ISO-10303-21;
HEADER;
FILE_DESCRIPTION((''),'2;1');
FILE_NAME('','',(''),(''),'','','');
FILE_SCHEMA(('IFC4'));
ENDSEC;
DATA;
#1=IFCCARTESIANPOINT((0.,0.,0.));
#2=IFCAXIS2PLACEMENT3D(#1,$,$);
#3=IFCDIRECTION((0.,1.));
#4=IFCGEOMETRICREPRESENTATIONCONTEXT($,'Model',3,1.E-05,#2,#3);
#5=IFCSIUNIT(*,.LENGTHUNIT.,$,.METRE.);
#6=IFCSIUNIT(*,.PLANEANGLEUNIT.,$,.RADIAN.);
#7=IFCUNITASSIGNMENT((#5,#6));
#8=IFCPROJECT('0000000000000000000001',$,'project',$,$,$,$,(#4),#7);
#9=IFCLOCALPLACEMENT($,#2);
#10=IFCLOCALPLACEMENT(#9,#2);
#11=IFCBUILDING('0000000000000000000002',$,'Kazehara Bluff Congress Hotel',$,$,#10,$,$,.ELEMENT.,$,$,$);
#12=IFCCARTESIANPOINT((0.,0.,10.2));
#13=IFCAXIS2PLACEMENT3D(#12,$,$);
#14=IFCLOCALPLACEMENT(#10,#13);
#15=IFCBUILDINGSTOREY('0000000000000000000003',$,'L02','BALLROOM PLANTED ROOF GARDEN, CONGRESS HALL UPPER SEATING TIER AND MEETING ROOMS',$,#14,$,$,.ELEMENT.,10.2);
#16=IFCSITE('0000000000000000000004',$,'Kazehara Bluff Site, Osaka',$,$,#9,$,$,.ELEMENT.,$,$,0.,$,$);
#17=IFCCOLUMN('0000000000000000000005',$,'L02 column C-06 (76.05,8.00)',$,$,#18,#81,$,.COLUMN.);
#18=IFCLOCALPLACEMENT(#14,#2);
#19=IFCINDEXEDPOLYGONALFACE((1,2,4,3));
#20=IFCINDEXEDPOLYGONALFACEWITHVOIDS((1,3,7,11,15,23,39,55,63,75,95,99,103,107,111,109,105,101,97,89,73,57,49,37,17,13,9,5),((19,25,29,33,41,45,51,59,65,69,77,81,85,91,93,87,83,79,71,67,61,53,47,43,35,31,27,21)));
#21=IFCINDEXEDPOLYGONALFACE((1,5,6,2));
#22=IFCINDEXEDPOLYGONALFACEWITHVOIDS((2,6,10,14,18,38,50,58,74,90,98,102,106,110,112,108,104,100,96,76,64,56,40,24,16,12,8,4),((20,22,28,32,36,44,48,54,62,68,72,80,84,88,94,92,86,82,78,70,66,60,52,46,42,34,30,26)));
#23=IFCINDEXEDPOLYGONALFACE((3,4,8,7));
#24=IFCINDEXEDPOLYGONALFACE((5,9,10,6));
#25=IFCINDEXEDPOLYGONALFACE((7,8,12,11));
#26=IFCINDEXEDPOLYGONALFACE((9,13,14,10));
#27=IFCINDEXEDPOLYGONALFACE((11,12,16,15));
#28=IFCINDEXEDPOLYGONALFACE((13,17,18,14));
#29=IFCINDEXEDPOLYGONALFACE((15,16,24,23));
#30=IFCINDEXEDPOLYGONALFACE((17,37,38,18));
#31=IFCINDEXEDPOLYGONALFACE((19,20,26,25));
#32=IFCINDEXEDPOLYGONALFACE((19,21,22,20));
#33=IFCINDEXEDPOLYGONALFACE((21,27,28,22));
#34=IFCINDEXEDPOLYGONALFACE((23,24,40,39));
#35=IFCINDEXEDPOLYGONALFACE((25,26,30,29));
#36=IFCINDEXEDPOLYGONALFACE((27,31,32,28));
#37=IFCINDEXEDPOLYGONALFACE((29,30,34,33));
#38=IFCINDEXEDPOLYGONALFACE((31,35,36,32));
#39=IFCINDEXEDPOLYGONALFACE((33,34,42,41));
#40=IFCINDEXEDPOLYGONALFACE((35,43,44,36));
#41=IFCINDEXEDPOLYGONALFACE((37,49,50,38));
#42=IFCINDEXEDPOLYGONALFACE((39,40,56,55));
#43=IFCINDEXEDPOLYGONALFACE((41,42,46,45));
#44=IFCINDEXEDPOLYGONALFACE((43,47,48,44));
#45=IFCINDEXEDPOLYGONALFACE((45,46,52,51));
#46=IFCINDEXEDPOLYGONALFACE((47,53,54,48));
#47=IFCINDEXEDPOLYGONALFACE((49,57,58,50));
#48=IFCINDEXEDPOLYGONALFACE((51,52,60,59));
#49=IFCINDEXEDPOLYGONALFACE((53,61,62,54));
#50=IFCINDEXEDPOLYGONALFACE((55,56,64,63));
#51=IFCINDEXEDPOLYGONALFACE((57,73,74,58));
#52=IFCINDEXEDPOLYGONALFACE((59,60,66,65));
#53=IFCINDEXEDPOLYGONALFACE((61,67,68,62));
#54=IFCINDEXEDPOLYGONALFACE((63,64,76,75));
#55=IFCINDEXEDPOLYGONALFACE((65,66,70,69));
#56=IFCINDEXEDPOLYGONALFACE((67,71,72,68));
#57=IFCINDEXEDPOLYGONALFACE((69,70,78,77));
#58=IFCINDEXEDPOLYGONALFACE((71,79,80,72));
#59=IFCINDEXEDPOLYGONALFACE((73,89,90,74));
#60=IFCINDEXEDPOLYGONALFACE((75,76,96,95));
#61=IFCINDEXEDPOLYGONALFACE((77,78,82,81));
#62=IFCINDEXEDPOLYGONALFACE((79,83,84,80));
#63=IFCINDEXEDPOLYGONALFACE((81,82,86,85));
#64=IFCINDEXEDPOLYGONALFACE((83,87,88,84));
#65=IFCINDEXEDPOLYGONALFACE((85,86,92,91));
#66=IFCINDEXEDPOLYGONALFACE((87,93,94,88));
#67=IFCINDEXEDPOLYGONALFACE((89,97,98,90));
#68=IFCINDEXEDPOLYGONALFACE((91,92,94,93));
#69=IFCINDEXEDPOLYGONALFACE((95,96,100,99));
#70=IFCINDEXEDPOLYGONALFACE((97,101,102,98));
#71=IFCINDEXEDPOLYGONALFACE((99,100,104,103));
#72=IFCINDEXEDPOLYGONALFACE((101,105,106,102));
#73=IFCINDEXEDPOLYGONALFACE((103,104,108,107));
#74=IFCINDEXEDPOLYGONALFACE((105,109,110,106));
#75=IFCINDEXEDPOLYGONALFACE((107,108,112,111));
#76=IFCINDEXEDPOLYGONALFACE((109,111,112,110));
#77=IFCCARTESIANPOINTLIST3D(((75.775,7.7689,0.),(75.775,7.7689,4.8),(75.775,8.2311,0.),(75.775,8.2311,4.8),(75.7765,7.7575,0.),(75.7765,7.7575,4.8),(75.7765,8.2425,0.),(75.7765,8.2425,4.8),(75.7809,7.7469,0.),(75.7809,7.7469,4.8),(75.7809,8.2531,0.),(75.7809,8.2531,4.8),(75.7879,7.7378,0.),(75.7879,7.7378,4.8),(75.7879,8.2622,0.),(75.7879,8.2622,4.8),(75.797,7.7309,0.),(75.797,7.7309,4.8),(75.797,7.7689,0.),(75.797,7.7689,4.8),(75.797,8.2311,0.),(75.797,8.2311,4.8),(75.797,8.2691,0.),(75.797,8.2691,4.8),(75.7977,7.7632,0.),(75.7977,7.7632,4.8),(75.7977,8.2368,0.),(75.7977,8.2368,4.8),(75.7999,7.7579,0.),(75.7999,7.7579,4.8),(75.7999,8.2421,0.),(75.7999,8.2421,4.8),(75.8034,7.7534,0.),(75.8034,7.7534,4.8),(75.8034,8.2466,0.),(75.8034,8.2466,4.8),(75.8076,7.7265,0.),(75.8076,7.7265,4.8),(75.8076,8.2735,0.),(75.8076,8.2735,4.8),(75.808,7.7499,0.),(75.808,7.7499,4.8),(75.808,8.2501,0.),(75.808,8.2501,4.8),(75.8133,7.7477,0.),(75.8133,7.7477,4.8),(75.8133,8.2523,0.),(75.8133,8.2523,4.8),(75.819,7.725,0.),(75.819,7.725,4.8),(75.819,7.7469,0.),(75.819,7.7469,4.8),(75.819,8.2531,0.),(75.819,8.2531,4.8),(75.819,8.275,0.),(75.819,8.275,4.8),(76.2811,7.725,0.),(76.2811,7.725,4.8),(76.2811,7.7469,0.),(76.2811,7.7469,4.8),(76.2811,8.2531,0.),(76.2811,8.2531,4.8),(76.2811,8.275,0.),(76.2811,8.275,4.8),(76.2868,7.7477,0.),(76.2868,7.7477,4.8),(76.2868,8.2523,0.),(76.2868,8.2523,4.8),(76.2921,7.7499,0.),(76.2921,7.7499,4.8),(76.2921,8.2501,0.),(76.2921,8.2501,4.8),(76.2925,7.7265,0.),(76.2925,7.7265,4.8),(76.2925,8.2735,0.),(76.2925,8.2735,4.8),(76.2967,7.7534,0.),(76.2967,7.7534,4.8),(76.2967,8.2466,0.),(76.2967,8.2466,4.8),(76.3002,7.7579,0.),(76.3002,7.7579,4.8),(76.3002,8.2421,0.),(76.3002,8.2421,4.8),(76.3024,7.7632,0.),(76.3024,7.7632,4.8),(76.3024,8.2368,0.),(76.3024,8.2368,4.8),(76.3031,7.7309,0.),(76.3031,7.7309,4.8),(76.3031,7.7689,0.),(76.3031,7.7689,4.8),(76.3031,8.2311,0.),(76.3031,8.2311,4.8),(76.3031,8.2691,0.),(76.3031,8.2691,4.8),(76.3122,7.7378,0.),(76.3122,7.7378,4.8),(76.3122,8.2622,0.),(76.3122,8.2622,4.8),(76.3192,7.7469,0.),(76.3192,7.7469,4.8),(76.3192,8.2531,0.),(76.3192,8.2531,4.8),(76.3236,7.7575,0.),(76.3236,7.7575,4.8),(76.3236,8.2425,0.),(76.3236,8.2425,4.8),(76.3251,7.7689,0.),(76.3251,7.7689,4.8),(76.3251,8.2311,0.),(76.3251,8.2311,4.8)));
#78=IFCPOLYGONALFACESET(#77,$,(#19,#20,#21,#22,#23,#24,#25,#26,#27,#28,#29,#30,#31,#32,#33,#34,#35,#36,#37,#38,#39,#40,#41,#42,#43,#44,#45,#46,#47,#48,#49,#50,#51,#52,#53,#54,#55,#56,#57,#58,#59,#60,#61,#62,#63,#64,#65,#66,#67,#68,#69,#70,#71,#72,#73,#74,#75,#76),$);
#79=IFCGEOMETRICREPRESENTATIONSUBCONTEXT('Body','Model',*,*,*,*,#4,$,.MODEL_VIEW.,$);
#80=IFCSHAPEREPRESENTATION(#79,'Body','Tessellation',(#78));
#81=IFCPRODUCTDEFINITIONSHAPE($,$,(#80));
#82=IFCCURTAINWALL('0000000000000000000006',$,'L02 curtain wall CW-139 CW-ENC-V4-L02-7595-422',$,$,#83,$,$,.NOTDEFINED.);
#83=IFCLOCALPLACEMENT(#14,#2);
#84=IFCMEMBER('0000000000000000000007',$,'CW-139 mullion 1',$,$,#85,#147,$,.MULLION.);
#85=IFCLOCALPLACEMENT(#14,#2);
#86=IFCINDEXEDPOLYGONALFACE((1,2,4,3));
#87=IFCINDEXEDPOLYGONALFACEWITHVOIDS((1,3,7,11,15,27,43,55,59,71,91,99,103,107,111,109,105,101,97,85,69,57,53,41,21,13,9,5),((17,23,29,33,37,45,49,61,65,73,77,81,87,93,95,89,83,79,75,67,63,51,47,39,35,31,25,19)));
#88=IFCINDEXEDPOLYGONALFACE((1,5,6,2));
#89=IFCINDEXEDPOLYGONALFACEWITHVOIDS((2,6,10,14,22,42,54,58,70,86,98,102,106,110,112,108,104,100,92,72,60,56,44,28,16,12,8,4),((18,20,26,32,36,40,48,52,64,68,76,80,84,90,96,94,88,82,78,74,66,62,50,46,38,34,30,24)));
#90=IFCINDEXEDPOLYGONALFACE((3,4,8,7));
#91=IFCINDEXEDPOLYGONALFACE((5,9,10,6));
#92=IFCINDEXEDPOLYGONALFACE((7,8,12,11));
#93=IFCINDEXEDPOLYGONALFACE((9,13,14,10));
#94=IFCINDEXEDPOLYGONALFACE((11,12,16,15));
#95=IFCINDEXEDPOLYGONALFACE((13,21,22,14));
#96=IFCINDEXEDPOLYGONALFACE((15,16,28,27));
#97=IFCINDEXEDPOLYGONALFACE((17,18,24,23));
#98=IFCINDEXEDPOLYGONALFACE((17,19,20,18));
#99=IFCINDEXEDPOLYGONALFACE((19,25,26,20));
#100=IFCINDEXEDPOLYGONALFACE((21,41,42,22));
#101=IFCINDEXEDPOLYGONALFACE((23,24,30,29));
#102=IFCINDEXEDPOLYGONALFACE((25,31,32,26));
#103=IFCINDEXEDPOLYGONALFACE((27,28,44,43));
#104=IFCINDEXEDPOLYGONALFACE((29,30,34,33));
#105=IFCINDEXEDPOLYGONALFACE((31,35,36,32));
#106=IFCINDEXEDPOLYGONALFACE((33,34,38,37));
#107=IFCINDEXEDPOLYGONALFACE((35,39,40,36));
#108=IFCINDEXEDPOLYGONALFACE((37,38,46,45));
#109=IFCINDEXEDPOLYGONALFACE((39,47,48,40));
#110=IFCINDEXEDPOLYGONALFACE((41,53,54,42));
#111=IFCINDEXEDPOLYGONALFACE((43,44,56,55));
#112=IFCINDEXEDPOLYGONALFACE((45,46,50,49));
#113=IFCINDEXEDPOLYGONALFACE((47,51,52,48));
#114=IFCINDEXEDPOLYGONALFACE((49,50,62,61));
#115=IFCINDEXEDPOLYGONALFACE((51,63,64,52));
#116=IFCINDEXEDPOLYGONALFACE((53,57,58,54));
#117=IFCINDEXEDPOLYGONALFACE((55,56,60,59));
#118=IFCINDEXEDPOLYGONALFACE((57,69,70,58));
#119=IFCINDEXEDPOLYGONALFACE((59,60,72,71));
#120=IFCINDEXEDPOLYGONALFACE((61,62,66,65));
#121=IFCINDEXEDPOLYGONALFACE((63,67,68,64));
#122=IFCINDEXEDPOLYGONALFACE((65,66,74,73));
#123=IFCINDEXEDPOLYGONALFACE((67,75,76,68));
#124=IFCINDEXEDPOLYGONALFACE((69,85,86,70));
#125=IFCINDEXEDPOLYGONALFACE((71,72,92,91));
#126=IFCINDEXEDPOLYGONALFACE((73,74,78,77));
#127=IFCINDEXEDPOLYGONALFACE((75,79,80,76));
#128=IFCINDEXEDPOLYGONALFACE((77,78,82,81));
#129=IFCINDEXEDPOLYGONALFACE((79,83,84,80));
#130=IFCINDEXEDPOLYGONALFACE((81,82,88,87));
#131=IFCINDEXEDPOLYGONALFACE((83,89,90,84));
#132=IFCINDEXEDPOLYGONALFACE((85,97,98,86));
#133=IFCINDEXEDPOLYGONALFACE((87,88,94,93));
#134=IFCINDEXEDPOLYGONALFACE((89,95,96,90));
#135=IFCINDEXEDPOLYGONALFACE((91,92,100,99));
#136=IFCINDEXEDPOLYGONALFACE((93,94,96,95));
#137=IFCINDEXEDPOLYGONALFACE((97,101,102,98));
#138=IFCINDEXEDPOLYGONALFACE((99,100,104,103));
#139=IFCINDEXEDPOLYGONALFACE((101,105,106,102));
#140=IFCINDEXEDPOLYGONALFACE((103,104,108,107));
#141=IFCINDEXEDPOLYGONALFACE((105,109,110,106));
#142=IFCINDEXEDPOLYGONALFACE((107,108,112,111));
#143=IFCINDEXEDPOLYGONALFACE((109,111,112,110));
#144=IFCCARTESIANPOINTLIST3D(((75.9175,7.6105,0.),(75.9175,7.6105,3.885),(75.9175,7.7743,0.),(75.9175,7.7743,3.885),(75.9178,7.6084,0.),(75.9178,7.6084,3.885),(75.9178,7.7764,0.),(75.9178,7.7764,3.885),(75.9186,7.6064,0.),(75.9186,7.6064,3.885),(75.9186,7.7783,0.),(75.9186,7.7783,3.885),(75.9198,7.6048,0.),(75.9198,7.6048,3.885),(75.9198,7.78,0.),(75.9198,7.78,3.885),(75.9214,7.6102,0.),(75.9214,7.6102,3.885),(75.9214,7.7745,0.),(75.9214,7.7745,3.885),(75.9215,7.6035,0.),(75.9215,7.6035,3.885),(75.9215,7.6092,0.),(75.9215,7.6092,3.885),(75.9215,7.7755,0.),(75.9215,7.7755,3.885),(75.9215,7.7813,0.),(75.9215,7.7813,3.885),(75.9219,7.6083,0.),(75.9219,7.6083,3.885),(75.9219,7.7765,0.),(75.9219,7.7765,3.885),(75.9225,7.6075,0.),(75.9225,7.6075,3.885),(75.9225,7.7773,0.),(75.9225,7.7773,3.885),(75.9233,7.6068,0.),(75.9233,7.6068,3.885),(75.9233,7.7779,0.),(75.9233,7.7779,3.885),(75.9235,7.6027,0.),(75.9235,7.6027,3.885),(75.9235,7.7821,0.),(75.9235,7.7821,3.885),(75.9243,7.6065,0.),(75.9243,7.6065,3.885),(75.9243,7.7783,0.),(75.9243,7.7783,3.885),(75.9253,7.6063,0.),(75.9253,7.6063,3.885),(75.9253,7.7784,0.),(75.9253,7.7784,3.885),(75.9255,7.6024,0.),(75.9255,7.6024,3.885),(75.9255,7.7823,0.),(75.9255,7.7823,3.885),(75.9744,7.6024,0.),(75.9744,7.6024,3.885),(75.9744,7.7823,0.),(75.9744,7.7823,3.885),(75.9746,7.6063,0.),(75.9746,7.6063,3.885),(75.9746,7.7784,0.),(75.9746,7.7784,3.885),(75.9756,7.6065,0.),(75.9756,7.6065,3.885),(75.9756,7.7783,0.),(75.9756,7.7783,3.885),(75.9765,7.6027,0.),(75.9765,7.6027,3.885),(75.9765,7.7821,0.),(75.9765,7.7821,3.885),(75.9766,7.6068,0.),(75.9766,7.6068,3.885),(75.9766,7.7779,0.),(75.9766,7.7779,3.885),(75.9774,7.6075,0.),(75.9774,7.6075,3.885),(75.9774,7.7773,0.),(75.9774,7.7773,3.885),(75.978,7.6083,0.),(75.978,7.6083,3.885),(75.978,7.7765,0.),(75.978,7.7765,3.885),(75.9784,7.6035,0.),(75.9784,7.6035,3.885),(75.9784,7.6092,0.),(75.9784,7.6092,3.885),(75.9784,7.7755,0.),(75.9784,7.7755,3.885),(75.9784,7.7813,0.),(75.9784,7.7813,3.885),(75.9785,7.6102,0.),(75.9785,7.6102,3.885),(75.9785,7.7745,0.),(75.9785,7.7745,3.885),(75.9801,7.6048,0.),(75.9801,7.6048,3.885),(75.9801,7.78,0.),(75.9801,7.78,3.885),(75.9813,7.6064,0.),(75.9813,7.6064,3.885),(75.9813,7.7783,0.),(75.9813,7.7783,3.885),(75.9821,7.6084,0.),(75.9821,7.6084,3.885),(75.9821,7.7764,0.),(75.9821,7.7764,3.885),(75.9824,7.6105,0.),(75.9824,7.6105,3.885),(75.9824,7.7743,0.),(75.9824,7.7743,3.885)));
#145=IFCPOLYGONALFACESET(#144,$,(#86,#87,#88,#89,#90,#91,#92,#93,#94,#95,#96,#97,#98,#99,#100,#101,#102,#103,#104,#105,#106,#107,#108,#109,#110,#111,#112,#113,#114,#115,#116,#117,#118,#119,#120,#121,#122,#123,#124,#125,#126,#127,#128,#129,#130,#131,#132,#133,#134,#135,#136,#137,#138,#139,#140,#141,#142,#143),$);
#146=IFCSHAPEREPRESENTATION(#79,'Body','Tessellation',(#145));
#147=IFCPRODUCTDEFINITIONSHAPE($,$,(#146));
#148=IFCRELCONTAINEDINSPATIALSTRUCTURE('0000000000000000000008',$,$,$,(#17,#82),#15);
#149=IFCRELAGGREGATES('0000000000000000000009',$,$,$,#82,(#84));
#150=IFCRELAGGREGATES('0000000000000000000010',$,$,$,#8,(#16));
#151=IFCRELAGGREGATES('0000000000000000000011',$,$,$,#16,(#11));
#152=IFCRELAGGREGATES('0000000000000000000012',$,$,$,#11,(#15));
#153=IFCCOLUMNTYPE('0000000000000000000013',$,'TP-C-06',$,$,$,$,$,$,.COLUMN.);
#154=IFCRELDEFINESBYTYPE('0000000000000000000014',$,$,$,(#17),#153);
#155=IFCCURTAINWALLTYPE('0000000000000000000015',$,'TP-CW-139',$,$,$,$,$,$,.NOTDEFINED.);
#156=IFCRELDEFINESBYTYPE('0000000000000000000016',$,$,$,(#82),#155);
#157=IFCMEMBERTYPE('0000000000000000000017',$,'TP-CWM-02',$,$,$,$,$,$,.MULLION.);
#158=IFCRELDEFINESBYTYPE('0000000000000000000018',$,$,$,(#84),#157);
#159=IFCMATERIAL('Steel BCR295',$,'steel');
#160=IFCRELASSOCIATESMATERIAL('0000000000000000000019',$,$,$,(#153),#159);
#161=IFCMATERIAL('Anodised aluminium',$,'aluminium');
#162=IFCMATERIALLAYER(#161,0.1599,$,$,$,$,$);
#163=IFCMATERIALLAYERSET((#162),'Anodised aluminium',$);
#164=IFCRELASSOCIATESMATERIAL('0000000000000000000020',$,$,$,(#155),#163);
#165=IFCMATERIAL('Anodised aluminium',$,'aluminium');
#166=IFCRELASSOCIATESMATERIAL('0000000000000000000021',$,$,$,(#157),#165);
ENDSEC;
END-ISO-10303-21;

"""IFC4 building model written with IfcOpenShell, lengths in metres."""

from ifc_helpers import new_model, si_unit, direction, frame, origin, origin_2d, place, context, subcontext, project, spatial, hollow_rectangle, extrude, material, layer, layer_set, material_profile, profile_set, type_object, element, aggregate, save


model = new_model("IFC4")

# Units and contexts
model_context = context("Model", 3, precision=1e-05, world=origin(), true_north=direction((0.0, 1.0)))
body_context = subcontext(model_context, "Body", "Model", "MODEL_VIEW")
ifc_project = project(units=[si_unit("LENGTHUNIT", "METRE"), si_unit("PLANEANGLEUNIT", "RADIAN")], contexts=[model_context])

# Site, building, storey
site_placement = place(None, origin())
site = spatial("IfcSite", under=ifc_project, at=site_placement, Name="Kazehara Bluff Site, Osaka", CompositionType="ELEMENT", RefElevation=0.0)
building_placement = place(site_placement, origin())
building = spatial("IfcBuilding", under=site, at=building_placement, Name="Kazehara Bluff Congress Hotel", CompositionType="ELEMENT")
storey_placement = place(building_placement, frame((0.0, 0.0, 10.2)))
storey = spatial("IfcBuildingStorey", under=building, at=storey_placement, Name="L02", Description="BALLROOM PLANTED ROOF GARDEN, CONGRESS HALL UPPER SEATING TIER AND MEETING ROOMS", CompositionType="ELEMENT", Elevation=10.2)

# Column
ifc_material_1 = material(Name="Steel BCR295", Category="steel")
ifc_material_profile_1 = material_profile(ifc_material_1, hollow_rectangle(XDim=0.55, YDim=0.55, WallThickness=0.022, InnerFilletRadius=0.022, OuterFilletRadius=0.0439, at=origin_2d()))
ifc_profile_set_1 = profile_set([ifc_material_profile_1], Name="Steel BCR295")
column_type = type_object("IfcColumnType", Name="TP-C-06", PredefinedType="COLUMN", material=ifc_profile_set_1)
column_placement = place(storey_placement, frame((76.05, 8.0, 0.0), z_axis=(0.0, 0.0, 1.0), x_axis=(1.0, 0.0, 0.0)))
element("IfcColumn", 1, at=column_placement, inside=storey, type_object=column_type, Name="L02 column C-06 (76.05,8.00)", PredefinedType="COLUMN", context=body_context, shape_type="SweptSolid", body=[
    extrude(hollow_rectangle(XDim=0.55, YDim=0.55, WallThickness=0.022, InnerFilletRadius=0.022, OuterFilletRadius=0.0439, at=origin_2d()), origin(), (0.0, 0.0, 1.0), 4.8),
])

# Curtain wall, member
ifc_material_2 = material(Name="Anodised aluminium", Category="aluminium")
ifc_layer_1 = layer(ifc_material_2, 0.1599)
ifc_layer_set_1 = layer_set([ifc_layer_1], Name="Anodised aluminium")
curtain_wall_type_1 = type_object("IfcCurtainWallType", Name="TP-CW-139", PredefinedType="NOTDEFINED", material=ifc_layer_set_1)
curtain_wall_1_placement = place(storey_placement, origin())
curtain_wall_1 = element("IfcCurtainWall", 2, at=curtain_wall_1_placement, inside=storey, type_object=curtain_wall_type_1, Name="L02 curtain wall CW-139 CW-ENC-V4-L02-7595-422", PredefinedType="NOTDEFINED")
ifc_material_3 = material(Name="Anodised aluminium", Category="aluminium")
ifc_material_profile_2 = material_profile(ifc_material_3, hollow_rectangle(XDim=0.0649, YDim=0.1799, WallThickness=0.0039, InnerFilletRadius=0.0039, OuterFilletRadius=0.0081, at=origin_2d()))
ifc_profile_set_2 = profile_set([ifc_material_profile_2], Name="Anodised aluminium")
member_type_1 = type_object("IfcMemberType", Name="TP-CWM-02", PredefinedType="MULLION", material=ifc_profile_set_2)
member_1_placement = place(storey_placement, frame((75.95, 7.6924, 0.0), z_axis=(0.0, 0.0, 1.0), x_axis=(1.0, 0.0, 0.0)))
member_1 = element("IfcMember", 3, at=member_1_placement, type_object=member_type_1, Name="CW-139 mullion 1", PredefinedType="MULLION", context=body_context, shape_type="SweptSolid", body=[
    extrude(hollow_rectangle(XDim=0.0649, YDim=0.1799, WallThickness=0.0039, InnerFilletRadius=0.0039, OuterFilletRadius=0.0081, at=origin_2d()), origin(), (0.0, 0.0, 1.0), 3.885),
])

aggregate(curtain_wall_1, [member_1])

save(model, "model.ifc")
